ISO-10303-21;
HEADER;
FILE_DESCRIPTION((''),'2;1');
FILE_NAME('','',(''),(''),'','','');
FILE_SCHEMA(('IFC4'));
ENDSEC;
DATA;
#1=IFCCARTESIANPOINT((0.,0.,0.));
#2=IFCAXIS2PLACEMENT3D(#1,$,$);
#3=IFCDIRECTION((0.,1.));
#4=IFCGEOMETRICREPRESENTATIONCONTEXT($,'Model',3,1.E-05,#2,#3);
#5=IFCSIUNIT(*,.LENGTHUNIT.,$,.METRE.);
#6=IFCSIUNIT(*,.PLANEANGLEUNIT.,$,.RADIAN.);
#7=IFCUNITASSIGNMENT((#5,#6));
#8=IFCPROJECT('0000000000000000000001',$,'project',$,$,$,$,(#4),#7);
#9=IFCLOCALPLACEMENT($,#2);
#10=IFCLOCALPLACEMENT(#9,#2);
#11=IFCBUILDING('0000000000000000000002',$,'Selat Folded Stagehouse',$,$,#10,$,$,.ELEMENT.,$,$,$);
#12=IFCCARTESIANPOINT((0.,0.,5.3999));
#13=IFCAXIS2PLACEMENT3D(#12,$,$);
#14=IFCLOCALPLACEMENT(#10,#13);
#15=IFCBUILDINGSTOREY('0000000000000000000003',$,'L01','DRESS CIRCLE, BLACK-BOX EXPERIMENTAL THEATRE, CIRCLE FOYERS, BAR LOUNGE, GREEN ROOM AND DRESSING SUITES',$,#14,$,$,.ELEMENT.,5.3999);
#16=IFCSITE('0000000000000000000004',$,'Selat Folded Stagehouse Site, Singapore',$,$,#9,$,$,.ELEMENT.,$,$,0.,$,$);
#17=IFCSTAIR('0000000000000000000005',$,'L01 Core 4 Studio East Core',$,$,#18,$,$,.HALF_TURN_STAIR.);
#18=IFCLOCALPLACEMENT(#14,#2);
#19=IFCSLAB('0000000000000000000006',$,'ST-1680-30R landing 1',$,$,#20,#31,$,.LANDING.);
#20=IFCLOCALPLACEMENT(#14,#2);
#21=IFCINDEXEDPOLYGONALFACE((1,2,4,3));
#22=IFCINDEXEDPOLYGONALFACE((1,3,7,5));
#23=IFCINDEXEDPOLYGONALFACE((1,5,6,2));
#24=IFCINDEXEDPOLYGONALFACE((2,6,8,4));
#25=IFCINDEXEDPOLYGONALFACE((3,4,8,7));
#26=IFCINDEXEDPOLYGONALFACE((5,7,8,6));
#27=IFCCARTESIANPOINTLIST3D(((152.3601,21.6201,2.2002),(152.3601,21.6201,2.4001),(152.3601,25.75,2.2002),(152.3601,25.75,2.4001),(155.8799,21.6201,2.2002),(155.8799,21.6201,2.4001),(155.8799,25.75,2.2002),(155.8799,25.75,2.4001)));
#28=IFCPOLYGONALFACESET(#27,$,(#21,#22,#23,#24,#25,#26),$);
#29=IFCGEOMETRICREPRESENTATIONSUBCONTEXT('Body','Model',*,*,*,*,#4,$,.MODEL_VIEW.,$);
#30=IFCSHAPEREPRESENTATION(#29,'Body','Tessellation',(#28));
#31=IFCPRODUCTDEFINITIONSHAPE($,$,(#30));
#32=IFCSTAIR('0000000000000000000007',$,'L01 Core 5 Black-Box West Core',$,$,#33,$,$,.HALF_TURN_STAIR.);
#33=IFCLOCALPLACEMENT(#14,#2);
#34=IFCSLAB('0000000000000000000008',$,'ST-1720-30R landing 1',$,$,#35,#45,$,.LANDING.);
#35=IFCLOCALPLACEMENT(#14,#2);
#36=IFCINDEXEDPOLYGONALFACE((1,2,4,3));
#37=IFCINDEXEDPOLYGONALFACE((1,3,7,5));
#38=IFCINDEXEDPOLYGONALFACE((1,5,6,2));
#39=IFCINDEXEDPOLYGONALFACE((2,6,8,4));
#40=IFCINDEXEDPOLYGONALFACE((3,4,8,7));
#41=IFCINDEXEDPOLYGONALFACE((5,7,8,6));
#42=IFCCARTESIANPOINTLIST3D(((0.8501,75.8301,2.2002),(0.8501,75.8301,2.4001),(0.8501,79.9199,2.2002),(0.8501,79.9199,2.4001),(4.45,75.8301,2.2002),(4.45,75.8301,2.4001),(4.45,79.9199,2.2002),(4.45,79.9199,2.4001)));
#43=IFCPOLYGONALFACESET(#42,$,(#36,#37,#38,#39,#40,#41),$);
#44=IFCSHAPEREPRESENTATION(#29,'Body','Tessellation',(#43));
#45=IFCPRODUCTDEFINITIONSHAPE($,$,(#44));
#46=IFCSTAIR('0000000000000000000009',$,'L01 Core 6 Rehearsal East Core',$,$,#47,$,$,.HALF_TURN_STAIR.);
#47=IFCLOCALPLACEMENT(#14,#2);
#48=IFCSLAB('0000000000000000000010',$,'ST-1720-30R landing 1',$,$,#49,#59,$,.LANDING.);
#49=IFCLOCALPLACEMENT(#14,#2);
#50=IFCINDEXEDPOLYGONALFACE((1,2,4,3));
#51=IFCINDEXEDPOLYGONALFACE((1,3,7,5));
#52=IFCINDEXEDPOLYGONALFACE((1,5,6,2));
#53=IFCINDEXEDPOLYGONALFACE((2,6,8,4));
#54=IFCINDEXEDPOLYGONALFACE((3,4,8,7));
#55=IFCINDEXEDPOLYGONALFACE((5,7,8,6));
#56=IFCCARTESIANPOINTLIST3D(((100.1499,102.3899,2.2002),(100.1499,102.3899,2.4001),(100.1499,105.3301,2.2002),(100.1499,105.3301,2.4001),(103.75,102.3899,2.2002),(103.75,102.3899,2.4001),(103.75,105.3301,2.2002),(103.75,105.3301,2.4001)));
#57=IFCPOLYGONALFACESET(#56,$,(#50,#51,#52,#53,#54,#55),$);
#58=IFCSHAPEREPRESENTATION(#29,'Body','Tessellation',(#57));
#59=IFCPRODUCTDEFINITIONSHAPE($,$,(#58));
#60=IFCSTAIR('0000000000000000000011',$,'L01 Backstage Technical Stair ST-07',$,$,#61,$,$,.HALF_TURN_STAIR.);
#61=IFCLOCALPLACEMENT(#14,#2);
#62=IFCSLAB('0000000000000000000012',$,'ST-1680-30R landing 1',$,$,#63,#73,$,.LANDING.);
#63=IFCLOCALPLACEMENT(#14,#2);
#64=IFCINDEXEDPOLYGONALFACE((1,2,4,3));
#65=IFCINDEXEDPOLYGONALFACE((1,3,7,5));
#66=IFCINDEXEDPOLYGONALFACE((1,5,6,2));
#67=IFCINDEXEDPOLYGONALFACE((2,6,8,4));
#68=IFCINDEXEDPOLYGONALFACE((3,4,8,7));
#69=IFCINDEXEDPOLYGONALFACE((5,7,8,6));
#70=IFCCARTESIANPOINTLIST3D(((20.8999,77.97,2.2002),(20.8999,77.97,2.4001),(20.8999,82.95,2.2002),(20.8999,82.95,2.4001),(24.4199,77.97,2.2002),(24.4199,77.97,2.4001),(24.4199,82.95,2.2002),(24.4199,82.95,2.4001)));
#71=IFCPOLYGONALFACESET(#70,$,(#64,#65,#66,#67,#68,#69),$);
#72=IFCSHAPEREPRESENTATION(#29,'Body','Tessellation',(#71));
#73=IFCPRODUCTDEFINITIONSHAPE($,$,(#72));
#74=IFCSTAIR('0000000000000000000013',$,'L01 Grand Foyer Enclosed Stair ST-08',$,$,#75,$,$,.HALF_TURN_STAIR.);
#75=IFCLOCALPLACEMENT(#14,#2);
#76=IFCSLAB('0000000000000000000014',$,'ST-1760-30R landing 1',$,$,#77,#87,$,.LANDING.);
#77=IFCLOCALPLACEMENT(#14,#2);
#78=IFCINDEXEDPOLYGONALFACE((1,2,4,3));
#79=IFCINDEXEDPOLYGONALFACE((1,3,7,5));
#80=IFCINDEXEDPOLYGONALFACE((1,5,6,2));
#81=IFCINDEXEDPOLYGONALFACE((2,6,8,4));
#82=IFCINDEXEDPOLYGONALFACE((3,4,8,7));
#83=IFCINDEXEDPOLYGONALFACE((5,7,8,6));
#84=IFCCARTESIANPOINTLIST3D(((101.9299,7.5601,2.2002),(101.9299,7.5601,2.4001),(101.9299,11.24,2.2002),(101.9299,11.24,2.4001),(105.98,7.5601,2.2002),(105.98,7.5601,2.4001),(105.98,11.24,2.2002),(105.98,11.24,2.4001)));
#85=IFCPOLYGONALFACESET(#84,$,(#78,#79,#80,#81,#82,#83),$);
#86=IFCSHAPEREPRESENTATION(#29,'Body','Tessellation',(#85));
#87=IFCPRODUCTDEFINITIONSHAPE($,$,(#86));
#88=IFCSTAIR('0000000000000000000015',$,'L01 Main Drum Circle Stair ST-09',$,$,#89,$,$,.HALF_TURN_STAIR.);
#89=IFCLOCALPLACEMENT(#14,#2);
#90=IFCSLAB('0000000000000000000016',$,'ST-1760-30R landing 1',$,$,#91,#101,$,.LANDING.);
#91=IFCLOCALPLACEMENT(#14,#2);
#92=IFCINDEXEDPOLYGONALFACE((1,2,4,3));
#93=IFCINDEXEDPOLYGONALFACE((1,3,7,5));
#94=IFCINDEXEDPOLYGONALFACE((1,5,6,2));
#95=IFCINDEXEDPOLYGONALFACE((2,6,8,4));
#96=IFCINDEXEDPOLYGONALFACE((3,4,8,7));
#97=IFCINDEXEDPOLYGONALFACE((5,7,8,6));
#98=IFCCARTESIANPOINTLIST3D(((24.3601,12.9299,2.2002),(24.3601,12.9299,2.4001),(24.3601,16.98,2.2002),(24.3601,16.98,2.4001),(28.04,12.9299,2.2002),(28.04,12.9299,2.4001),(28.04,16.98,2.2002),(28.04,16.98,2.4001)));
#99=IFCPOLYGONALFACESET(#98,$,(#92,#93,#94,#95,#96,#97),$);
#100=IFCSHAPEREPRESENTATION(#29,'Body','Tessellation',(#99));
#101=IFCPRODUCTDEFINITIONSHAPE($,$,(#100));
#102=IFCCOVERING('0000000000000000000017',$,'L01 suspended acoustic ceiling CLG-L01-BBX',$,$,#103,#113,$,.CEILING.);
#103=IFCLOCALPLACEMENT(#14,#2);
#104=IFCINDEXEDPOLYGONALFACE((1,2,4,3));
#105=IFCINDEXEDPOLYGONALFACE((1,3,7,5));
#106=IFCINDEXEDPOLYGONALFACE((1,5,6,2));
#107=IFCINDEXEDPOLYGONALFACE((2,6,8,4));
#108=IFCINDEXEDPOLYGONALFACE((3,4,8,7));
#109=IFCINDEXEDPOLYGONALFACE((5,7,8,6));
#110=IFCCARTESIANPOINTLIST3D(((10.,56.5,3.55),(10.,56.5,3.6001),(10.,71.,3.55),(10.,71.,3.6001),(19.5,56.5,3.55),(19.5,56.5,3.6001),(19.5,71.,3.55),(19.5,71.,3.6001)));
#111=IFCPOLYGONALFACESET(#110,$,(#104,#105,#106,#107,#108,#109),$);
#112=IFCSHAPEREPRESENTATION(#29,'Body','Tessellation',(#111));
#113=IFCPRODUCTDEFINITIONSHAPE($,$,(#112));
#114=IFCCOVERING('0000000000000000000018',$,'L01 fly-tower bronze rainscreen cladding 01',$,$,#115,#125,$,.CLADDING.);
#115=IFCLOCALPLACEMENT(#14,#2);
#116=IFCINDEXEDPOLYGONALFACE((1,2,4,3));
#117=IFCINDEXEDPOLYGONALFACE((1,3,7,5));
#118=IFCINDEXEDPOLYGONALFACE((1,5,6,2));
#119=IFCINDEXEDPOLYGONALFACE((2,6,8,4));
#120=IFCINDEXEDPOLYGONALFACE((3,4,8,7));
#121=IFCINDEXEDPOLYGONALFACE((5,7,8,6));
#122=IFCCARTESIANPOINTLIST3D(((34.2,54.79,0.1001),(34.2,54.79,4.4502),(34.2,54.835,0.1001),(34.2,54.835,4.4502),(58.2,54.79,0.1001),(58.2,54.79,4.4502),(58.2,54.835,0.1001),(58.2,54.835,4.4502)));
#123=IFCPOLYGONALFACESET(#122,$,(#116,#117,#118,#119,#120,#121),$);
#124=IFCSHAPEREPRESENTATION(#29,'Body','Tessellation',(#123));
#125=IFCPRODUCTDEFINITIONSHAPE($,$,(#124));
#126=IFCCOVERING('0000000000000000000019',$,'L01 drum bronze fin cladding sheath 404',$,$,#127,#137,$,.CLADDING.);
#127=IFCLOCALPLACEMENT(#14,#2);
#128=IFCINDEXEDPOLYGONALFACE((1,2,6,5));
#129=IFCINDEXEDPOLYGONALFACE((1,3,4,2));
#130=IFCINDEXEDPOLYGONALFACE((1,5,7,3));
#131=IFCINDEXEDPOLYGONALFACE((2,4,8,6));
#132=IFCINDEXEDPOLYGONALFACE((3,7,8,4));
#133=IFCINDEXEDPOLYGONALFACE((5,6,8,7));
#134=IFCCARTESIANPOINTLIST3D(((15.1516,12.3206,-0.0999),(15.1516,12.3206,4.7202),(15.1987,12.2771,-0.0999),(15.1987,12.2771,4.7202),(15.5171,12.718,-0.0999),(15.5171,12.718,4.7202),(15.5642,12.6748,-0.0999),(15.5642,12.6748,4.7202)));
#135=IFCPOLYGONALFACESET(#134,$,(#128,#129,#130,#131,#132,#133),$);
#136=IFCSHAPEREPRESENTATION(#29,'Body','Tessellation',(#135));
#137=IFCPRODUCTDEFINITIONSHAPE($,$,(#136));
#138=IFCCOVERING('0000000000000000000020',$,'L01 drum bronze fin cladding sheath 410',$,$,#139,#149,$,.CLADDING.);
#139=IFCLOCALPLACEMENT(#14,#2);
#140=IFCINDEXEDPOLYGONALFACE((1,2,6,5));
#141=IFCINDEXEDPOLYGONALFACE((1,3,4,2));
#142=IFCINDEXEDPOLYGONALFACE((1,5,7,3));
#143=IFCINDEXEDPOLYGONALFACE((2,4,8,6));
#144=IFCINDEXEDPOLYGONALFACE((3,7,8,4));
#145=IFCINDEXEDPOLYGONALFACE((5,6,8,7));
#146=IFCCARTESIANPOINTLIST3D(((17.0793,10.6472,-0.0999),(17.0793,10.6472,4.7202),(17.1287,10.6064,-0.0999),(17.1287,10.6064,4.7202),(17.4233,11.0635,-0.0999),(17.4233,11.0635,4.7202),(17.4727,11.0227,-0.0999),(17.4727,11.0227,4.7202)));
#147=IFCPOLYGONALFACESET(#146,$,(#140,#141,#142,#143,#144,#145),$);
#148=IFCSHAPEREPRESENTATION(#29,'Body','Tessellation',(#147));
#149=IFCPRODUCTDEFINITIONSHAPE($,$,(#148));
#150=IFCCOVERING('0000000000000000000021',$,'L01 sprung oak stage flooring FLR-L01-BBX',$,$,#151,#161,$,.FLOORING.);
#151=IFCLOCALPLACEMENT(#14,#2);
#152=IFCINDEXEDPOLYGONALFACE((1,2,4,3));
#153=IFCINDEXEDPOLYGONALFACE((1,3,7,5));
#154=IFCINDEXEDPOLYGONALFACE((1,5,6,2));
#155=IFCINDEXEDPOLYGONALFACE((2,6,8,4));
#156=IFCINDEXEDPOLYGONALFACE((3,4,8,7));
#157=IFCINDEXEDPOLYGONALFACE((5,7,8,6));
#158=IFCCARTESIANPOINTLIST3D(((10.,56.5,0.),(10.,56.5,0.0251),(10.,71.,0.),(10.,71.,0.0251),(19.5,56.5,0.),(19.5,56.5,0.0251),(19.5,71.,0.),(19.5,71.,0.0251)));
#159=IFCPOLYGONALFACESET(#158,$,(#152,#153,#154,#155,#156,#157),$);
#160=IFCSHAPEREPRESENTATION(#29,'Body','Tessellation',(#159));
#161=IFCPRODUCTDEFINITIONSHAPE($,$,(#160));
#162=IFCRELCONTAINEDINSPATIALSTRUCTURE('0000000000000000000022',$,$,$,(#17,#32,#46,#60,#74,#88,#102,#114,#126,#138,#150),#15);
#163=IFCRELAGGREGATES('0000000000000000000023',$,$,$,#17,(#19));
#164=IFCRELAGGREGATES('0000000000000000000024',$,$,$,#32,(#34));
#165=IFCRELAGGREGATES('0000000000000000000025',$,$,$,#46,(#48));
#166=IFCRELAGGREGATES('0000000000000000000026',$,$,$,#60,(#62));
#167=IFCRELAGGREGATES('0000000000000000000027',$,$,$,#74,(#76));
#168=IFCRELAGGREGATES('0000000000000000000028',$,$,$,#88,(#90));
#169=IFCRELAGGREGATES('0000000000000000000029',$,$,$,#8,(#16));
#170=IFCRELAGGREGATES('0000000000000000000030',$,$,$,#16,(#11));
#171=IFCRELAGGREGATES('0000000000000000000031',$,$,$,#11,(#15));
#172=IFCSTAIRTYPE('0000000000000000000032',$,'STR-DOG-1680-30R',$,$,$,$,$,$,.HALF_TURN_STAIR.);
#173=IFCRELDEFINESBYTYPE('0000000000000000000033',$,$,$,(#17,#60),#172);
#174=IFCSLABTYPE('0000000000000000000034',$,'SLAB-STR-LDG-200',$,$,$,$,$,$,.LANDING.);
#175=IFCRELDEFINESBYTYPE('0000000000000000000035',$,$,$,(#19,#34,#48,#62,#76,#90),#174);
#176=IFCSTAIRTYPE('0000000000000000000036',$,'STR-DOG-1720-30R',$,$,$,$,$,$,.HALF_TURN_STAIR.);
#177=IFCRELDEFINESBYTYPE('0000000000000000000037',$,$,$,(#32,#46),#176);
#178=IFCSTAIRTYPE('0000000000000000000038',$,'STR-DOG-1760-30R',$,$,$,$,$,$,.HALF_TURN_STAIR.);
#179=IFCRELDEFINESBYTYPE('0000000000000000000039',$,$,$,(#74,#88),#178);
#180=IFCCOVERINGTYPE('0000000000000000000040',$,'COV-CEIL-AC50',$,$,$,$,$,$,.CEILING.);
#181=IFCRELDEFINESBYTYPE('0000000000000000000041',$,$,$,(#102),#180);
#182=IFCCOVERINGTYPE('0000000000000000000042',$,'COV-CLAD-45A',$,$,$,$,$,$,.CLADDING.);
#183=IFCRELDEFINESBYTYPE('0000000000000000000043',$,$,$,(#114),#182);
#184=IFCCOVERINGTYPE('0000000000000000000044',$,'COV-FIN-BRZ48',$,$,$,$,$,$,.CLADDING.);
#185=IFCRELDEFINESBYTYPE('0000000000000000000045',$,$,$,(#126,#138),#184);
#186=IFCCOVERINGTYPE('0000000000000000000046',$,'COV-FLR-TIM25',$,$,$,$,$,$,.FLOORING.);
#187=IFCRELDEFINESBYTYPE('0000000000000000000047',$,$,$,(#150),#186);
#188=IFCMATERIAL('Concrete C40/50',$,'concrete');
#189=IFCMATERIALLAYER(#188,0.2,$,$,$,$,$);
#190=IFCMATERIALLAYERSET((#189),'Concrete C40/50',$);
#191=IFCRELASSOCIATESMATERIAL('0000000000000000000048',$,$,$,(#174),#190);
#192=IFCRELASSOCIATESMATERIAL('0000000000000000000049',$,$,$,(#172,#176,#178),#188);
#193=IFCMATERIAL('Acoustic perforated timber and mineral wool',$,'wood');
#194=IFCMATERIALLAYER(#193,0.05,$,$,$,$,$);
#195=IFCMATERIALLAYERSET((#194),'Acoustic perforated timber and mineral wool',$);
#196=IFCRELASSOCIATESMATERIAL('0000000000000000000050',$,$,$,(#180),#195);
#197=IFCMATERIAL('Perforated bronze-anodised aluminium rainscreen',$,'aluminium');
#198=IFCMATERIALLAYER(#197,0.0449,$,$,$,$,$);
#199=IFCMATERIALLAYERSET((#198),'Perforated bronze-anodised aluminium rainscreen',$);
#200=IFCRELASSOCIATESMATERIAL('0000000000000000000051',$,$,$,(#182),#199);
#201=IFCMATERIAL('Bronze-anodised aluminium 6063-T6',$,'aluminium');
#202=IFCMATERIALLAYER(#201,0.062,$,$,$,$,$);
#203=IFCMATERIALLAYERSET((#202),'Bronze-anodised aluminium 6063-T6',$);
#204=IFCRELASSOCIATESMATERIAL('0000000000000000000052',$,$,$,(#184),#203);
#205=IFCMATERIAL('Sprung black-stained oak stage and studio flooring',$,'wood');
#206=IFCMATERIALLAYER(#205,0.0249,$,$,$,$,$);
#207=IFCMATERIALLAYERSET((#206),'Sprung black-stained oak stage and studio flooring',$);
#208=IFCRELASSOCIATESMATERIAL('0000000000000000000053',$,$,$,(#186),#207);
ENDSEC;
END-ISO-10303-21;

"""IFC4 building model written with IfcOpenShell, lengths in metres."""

from ifc_helpers import new_model, si_unit, direction, frame, origin, place, context, subcontext, project, spatial, polyline, outline, extrude, material, layer, layer_set, type_object, element, aggregate, save


model = new_model("IFC4")

# Units and contexts
model_context = context("Model", 3, precision=1e-05, world=origin(), true_north=direction((0.0, 1.0)))
body_context = subcontext(model_context, "Body", "Model", "MODEL_VIEW")
ifc_project = project(units=[si_unit("LENGTHUNIT", "METRE"), si_unit("PLANEANGLEUNIT", "RADIAN")], contexts=[model_context])

# Site, building, storey
site_placement = place(None, origin())
site = spatial("IfcSite", under=ifc_project, at=site_placement, Name="Selat Folded Stagehouse Site, Singapore", CompositionType="ELEMENT", RefElevation=0.0)
building_placement = place(site_placement, origin())
building = spatial("IfcBuilding", under=site, at=building_placement, Name="Selat Folded Stagehouse", CompositionType="ELEMENT")
storey_placement = place(building_placement, frame((0.0, 0.0, 5.3999)))
storey = spatial("IfcBuildingStorey", under=building, at=storey_placement, Name="L01", Description="DRESS CIRCLE, BLACK-BOX EXPERIMENTAL THEATRE, CIRCLE FOYERS, BAR LOUNGE, GREEN ROOM AND DRESSING SUITES", CompositionType="ELEMENT", Elevation=5.3999)

# Stairs, slabs
ifc_material_1 = material(Name="Concrete C40/50", Category="concrete")
ifc_layer_1 = layer(ifc_material_1, 0.2)
ifc_layer_set_1 = layer_set([ifc_layer_1], Name="Concrete C40/50")
slab_type = type_object("IfcSlabType", Name="SLAB-STR-LDG-200", PredefinedType="LANDING", material=ifc_layer_set_1)
stair_type_1 = type_object("IfcStairType", Name="STR-DOG-1680-30R", PredefinedType="HALF_TURN_STAIR", material=ifc_material_1)
stair_1_placement = place(storey_placement, origin())
stair_1 = element("IfcStair", 1, at=stair_1_placement, inside=storey, type_object=stair_type_1, Name="L01 Core 4 Studio East Core", PredefinedType="HALF_TURN_STAIR")
slab_1_placement = place(storey_placement, frame((0.0, 0.0, 2.2002)))
slab_1 = element("IfcSlab", 2, at=slab_1_placement, type_object=slab_type, Name="ST-1680-30R landing 1", PredefinedType="LANDING", context=body_context, shape_type="SweptSolid", body=[
    extrude(outline(polyline([(155.8799, 21.6201), (155.8799, 25.75), (152.3601, 25.75), (152.3601, 21.6201), (155.8799, 21.6201)])), origin(), (0.0, 0.0, 1.0), 0.2),
])
aggregate(stair_1, [slab_1])
stair_type_2 = type_object("IfcStairType", Name="STR-DOG-1720-30R", PredefinedType="HALF_TURN_STAIR", material=ifc_material_1)
stair_2_placement = place(storey_placement, origin())
stair_2 = element("IfcStair", 3, at=stair_2_placement, inside=storey, type_object=stair_type_2, Name="L01 Core 5 Black-Box West Core", PredefinedType="HALF_TURN_STAIR")
slab_2_placement = place(storey_placement, frame((0.0, 0.0, 2.2002)))
slab_2 = element("IfcSlab", 4, at=slab_2_placement, type_object=slab_type, Name="ST-1720-30R landing 1", PredefinedType="LANDING", context=body_context, shape_type="SweptSolid", body=[
    extrude(outline(polyline([(4.45, 75.8301), (4.45, 79.9199), (0.8501, 79.9199), (0.8501, 75.8301), (4.45, 75.8301)])), origin(), (0.0, 0.0, 1.0), 0.2),
])
aggregate(stair_2, [slab_2])
stair_3_placement = place(storey_placement, origin())
stair_3 = element("IfcStair", 5, at=stair_3_placement, inside=storey, type_object=stair_type_2, Name="L01 Core 6 Rehearsal East Core", PredefinedType="HALF_TURN_STAIR")
slab_3_placement = place(storey_placement, frame((0.0, 0.0, 2.2002)))
slab_3 = element("IfcSlab", 6, at=slab_3_placement, type_object=slab_type, Name="ST-1720-30R landing 1", PredefinedType="LANDING", context=body_context, shape_type="SweptSolid", body=[
    extrude(outline(polyline([(103.75, 102.3899), (103.75, 105.3301), (100.1499, 105.3301), (100.1499, 102.3899), (103.75, 102.3899)])), origin(), (0.0, 0.0, 1.0), 0.2),
])
aggregate(stair_3, [slab_3])
stair_4_placement = place(storey_placement, origin())
stair_4 = element("IfcStair", 7, at=stair_4_placement, inside=storey, type_object=stair_type_1, Name="L01 Backstage Technical Stair ST-07", PredefinedType="HALF_TURN_STAIR")
slab_4_placement = place(storey_placement, frame((0.0, 0.0, 2.2002)))
slab_4 = element("IfcSlab", 8, at=slab_4_placement, type_object=slab_type, Name="ST-1680-30R landing 1", PredefinedType="LANDING", context=body_context, shape_type="SweptSolid", body=[
    extrude(outline(polyline([(24.4199, 77.97), (24.4199, 82.95), (20.8999, 82.95), (20.8999, 77.97), (24.4199, 77.97)])), origin(), (0.0, 0.0, 1.0), 0.2),
])
aggregate(stair_4, [slab_4])
stair_type_3 = type_object("IfcStairType", Name="STR-DOG-1760-30R", PredefinedType="HALF_TURN_STAIR", material=ifc_material_1)
stair_5_placement = place(storey_placement, origin())
stair_5 = element("IfcStair", 9, at=stair_5_placement, inside=storey, type_object=stair_type_3, Name="L01 Grand Foyer Enclosed Stair ST-08", PredefinedType="HALF_TURN_STAIR")
slab_5_placement = place(storey_placement, frame((0.0, 0.0, 2.2002)))
slab_5 = element("IfcSlab", 10, at=slab_5_placement, type_object=slab_type, Name="ST-1760-30R landing 1", PredefinedType="LANDING", context=body_context, shape_type="SweptSolid", body=[
    extrude(outline(polyline([(101.9299, 7.5601), (105.98, 7.5601), (105.98, 11.24), (101.9299, 11.24), (101.9299, 7.5601)])), origin(), (0.0, 0.0, 1.0), 0.2),
])
aggregate(stair_5, [slab_5])
stair_6_placement = place(storey_placement, origin())
stair_6 = element("IfcStair", 11, at=stair_6_placement, inside=storey, type_object=stair_type_3, Name="L01 Main Drum Circle Stair ST-09", PredefinedType="HALF_TURN_STAIR")
slab_6_placement = place(storey_placement, frame((0.0, 0.0, 2.2002)))
slab_6 = element("IfcSlab", 12, at=slab_6_placement, type_object=slab_type, Name="ST-1760-30R landing 1", PredefinedType="LANDING", context=body_context, shape_type="SweptSolid", body=[
    extrude(outline(polyline([(28.04, 12.9299), (28.04, 16.98), (24.3601, 16.98), (24.3601, 12.9299), (28.04, 12.9299)])), origin(), (0.0, 0.0, 1.0), 0.2),
])
aggregate(stair_6, [slab_6])

# Coverings
ifc_material_2 = material(Name="Acoustic perforated timber and mineral wool", Category="wood")
ifc_layer_2 = layer(ifc_material_2, 0.05)
ifc_layer_set_2 = layer_set([ifc_layer_2], Name="Acoustic perforated timber and mineral wool")
covering_type_1 = type_object("IfcCoveringType", Name="COV-CEIL-AC50", PredefinedType="CEILING", material=ifc_layer_set_2)
covering_1_placement = place(storey_placement, frame((0.0, 0.0, 3.55)))
element("IfcCovering", 13, at=covering_1_placement, inside=storey, type_object=covering_type_1, Name="L01 suspended acoustic ceiling CLG-L01-BBX", PredefinedType="CEILING", context=body_context, shape_type="SweptSolid", body=[
    extrude(outline(polyline([(10.0, 56.5), (19.5, 56.5), (19.5, 71.0), (10.0, 71.0), (10.0, 56.5)])), origin(), (0.0, 0.0, 1.0), 0.05),
])
ifc_material_3 = material(Name="Perforated bronze-anodised aluminium rainscreen", Category="aluminium")
ifc_layer_3 = layer(ifc_material_3, 0.0449)
ifc_layer_set_3 = layer_set([ifc_layer_3], Name="Perforated bronze-anodised aluminium rainscreen")
covering_type_2 = type_object("IfcCoveringType", Name="COV-CLAD-45A", PredefinedType="CLADDING", material=ifc_layer_set_3)
covering_2_placement = place(storey_placement, frame((0.0, 0.0, 0.1001)))
element("IfcCovering", 14, at=covering_2_placement, inside=storey, type_object=covering_type_2, Name="L01 fly-tower bronze rainscreen cladding 01", PredefinedType="CLADDING", context=body_context, shape_type="SweptSolid", body=[
    extrude(outline(polyline([(34.2, 54.79), (58.2, 54.79), (58.2, 54.835), (34.2, 54.835), (34.2, 54.79)])), origin(), (0.0, 0.0, 1.0), 4.3501),
])
ifc_material_4 = material(Name="Bronze-anodised aluminium 6063-T6", Category="aluminium")
ifc_layer_4 = layer(ifc_material_4, 0.062)
ifc_layer_set_4 = layer_set([ifc_layer_4], Name="Bronze-anodised aluminium 6063-T6")
covering_type_3 = type_object("IfcCoveringType", Name="COV-FIN-BRZ48", PredefinedType="CLADDING", material=ifc_layer_set_4)
covering_3_placement = place(storey_placement, frame((0.0, 0.0, -0.0999)))
element("IfcCovering", 15, at=covering_3_placement, inside=storey, type_object=covering_type_3, Name="L01 drum bronze fin cladding sheath 404", PredefinedType="CLADDING", context=body_context, shape_type="SweptSolid", body=[
    extrude(outline(polyline([(15.5171, 12.718), (15.1516, 12.3206), (15.1987, 12.2771), (15.5642, 12.6748), (15.5171, 12.718)])), origin(), (0.0, 0.0, 1.0), 4.8201),
])
covering_4_placement = place(storey_placement, frame((0.0, 0.0, -0.0999)))
element("IfcCovering", 16, at=covering_4_placement, inside=storey, type_object=covering_type_3, Name="L01 drum bronze fin cladding sheath 410", PredefinedType="CLADDING", context=body_context, shape_type="SweptSolid", body=[
    extrude(outline(polyline([(17.4233, 11.0635), (17.0793, 10.6472), (17.1287, 10.6064), (17.4727, 11.0227), (17.4233, 11.0635)])), origin(), (0.0, 0.0, 1.0), 4.8201),
])
ifc_material_5 = material(Name="Sprung black-stained oak stage and studio flooring", Category="wood")
ifc_layer_5 = layer(ifc_material_5, 0.0249)
ifc_layer_set_5 = layer_set([ifc_layer_5], Name="Sprung black-stained oak stage and studio flooring")
covering_type_4 = type_object("IfcCoveringType", Name="COV-FLR-TIM25", PredefinedType="FLOORING", material=ifc_layer_set_5)
covering_5_placement = place(storey_placement, origin())
element("IfcCovering", 17, at=covering_5_placement, inside=storey, type_object=covering_type_4, Name="L01 sprung oak stage flooring FLR-L01-BBX", PredefinedType="FLOORING", context=body_context, shape_type="SweptSolid", body=[
    extrude(outline(polyline([(10.0, 56.5), (19.5, 56.5), (19.5, 71.0), (10.0, 71.0), (10.0, 56.5)])), origin(), (0.0, 0.0, 1.0), 0.0251),
])

save(model, "model.ifc")
